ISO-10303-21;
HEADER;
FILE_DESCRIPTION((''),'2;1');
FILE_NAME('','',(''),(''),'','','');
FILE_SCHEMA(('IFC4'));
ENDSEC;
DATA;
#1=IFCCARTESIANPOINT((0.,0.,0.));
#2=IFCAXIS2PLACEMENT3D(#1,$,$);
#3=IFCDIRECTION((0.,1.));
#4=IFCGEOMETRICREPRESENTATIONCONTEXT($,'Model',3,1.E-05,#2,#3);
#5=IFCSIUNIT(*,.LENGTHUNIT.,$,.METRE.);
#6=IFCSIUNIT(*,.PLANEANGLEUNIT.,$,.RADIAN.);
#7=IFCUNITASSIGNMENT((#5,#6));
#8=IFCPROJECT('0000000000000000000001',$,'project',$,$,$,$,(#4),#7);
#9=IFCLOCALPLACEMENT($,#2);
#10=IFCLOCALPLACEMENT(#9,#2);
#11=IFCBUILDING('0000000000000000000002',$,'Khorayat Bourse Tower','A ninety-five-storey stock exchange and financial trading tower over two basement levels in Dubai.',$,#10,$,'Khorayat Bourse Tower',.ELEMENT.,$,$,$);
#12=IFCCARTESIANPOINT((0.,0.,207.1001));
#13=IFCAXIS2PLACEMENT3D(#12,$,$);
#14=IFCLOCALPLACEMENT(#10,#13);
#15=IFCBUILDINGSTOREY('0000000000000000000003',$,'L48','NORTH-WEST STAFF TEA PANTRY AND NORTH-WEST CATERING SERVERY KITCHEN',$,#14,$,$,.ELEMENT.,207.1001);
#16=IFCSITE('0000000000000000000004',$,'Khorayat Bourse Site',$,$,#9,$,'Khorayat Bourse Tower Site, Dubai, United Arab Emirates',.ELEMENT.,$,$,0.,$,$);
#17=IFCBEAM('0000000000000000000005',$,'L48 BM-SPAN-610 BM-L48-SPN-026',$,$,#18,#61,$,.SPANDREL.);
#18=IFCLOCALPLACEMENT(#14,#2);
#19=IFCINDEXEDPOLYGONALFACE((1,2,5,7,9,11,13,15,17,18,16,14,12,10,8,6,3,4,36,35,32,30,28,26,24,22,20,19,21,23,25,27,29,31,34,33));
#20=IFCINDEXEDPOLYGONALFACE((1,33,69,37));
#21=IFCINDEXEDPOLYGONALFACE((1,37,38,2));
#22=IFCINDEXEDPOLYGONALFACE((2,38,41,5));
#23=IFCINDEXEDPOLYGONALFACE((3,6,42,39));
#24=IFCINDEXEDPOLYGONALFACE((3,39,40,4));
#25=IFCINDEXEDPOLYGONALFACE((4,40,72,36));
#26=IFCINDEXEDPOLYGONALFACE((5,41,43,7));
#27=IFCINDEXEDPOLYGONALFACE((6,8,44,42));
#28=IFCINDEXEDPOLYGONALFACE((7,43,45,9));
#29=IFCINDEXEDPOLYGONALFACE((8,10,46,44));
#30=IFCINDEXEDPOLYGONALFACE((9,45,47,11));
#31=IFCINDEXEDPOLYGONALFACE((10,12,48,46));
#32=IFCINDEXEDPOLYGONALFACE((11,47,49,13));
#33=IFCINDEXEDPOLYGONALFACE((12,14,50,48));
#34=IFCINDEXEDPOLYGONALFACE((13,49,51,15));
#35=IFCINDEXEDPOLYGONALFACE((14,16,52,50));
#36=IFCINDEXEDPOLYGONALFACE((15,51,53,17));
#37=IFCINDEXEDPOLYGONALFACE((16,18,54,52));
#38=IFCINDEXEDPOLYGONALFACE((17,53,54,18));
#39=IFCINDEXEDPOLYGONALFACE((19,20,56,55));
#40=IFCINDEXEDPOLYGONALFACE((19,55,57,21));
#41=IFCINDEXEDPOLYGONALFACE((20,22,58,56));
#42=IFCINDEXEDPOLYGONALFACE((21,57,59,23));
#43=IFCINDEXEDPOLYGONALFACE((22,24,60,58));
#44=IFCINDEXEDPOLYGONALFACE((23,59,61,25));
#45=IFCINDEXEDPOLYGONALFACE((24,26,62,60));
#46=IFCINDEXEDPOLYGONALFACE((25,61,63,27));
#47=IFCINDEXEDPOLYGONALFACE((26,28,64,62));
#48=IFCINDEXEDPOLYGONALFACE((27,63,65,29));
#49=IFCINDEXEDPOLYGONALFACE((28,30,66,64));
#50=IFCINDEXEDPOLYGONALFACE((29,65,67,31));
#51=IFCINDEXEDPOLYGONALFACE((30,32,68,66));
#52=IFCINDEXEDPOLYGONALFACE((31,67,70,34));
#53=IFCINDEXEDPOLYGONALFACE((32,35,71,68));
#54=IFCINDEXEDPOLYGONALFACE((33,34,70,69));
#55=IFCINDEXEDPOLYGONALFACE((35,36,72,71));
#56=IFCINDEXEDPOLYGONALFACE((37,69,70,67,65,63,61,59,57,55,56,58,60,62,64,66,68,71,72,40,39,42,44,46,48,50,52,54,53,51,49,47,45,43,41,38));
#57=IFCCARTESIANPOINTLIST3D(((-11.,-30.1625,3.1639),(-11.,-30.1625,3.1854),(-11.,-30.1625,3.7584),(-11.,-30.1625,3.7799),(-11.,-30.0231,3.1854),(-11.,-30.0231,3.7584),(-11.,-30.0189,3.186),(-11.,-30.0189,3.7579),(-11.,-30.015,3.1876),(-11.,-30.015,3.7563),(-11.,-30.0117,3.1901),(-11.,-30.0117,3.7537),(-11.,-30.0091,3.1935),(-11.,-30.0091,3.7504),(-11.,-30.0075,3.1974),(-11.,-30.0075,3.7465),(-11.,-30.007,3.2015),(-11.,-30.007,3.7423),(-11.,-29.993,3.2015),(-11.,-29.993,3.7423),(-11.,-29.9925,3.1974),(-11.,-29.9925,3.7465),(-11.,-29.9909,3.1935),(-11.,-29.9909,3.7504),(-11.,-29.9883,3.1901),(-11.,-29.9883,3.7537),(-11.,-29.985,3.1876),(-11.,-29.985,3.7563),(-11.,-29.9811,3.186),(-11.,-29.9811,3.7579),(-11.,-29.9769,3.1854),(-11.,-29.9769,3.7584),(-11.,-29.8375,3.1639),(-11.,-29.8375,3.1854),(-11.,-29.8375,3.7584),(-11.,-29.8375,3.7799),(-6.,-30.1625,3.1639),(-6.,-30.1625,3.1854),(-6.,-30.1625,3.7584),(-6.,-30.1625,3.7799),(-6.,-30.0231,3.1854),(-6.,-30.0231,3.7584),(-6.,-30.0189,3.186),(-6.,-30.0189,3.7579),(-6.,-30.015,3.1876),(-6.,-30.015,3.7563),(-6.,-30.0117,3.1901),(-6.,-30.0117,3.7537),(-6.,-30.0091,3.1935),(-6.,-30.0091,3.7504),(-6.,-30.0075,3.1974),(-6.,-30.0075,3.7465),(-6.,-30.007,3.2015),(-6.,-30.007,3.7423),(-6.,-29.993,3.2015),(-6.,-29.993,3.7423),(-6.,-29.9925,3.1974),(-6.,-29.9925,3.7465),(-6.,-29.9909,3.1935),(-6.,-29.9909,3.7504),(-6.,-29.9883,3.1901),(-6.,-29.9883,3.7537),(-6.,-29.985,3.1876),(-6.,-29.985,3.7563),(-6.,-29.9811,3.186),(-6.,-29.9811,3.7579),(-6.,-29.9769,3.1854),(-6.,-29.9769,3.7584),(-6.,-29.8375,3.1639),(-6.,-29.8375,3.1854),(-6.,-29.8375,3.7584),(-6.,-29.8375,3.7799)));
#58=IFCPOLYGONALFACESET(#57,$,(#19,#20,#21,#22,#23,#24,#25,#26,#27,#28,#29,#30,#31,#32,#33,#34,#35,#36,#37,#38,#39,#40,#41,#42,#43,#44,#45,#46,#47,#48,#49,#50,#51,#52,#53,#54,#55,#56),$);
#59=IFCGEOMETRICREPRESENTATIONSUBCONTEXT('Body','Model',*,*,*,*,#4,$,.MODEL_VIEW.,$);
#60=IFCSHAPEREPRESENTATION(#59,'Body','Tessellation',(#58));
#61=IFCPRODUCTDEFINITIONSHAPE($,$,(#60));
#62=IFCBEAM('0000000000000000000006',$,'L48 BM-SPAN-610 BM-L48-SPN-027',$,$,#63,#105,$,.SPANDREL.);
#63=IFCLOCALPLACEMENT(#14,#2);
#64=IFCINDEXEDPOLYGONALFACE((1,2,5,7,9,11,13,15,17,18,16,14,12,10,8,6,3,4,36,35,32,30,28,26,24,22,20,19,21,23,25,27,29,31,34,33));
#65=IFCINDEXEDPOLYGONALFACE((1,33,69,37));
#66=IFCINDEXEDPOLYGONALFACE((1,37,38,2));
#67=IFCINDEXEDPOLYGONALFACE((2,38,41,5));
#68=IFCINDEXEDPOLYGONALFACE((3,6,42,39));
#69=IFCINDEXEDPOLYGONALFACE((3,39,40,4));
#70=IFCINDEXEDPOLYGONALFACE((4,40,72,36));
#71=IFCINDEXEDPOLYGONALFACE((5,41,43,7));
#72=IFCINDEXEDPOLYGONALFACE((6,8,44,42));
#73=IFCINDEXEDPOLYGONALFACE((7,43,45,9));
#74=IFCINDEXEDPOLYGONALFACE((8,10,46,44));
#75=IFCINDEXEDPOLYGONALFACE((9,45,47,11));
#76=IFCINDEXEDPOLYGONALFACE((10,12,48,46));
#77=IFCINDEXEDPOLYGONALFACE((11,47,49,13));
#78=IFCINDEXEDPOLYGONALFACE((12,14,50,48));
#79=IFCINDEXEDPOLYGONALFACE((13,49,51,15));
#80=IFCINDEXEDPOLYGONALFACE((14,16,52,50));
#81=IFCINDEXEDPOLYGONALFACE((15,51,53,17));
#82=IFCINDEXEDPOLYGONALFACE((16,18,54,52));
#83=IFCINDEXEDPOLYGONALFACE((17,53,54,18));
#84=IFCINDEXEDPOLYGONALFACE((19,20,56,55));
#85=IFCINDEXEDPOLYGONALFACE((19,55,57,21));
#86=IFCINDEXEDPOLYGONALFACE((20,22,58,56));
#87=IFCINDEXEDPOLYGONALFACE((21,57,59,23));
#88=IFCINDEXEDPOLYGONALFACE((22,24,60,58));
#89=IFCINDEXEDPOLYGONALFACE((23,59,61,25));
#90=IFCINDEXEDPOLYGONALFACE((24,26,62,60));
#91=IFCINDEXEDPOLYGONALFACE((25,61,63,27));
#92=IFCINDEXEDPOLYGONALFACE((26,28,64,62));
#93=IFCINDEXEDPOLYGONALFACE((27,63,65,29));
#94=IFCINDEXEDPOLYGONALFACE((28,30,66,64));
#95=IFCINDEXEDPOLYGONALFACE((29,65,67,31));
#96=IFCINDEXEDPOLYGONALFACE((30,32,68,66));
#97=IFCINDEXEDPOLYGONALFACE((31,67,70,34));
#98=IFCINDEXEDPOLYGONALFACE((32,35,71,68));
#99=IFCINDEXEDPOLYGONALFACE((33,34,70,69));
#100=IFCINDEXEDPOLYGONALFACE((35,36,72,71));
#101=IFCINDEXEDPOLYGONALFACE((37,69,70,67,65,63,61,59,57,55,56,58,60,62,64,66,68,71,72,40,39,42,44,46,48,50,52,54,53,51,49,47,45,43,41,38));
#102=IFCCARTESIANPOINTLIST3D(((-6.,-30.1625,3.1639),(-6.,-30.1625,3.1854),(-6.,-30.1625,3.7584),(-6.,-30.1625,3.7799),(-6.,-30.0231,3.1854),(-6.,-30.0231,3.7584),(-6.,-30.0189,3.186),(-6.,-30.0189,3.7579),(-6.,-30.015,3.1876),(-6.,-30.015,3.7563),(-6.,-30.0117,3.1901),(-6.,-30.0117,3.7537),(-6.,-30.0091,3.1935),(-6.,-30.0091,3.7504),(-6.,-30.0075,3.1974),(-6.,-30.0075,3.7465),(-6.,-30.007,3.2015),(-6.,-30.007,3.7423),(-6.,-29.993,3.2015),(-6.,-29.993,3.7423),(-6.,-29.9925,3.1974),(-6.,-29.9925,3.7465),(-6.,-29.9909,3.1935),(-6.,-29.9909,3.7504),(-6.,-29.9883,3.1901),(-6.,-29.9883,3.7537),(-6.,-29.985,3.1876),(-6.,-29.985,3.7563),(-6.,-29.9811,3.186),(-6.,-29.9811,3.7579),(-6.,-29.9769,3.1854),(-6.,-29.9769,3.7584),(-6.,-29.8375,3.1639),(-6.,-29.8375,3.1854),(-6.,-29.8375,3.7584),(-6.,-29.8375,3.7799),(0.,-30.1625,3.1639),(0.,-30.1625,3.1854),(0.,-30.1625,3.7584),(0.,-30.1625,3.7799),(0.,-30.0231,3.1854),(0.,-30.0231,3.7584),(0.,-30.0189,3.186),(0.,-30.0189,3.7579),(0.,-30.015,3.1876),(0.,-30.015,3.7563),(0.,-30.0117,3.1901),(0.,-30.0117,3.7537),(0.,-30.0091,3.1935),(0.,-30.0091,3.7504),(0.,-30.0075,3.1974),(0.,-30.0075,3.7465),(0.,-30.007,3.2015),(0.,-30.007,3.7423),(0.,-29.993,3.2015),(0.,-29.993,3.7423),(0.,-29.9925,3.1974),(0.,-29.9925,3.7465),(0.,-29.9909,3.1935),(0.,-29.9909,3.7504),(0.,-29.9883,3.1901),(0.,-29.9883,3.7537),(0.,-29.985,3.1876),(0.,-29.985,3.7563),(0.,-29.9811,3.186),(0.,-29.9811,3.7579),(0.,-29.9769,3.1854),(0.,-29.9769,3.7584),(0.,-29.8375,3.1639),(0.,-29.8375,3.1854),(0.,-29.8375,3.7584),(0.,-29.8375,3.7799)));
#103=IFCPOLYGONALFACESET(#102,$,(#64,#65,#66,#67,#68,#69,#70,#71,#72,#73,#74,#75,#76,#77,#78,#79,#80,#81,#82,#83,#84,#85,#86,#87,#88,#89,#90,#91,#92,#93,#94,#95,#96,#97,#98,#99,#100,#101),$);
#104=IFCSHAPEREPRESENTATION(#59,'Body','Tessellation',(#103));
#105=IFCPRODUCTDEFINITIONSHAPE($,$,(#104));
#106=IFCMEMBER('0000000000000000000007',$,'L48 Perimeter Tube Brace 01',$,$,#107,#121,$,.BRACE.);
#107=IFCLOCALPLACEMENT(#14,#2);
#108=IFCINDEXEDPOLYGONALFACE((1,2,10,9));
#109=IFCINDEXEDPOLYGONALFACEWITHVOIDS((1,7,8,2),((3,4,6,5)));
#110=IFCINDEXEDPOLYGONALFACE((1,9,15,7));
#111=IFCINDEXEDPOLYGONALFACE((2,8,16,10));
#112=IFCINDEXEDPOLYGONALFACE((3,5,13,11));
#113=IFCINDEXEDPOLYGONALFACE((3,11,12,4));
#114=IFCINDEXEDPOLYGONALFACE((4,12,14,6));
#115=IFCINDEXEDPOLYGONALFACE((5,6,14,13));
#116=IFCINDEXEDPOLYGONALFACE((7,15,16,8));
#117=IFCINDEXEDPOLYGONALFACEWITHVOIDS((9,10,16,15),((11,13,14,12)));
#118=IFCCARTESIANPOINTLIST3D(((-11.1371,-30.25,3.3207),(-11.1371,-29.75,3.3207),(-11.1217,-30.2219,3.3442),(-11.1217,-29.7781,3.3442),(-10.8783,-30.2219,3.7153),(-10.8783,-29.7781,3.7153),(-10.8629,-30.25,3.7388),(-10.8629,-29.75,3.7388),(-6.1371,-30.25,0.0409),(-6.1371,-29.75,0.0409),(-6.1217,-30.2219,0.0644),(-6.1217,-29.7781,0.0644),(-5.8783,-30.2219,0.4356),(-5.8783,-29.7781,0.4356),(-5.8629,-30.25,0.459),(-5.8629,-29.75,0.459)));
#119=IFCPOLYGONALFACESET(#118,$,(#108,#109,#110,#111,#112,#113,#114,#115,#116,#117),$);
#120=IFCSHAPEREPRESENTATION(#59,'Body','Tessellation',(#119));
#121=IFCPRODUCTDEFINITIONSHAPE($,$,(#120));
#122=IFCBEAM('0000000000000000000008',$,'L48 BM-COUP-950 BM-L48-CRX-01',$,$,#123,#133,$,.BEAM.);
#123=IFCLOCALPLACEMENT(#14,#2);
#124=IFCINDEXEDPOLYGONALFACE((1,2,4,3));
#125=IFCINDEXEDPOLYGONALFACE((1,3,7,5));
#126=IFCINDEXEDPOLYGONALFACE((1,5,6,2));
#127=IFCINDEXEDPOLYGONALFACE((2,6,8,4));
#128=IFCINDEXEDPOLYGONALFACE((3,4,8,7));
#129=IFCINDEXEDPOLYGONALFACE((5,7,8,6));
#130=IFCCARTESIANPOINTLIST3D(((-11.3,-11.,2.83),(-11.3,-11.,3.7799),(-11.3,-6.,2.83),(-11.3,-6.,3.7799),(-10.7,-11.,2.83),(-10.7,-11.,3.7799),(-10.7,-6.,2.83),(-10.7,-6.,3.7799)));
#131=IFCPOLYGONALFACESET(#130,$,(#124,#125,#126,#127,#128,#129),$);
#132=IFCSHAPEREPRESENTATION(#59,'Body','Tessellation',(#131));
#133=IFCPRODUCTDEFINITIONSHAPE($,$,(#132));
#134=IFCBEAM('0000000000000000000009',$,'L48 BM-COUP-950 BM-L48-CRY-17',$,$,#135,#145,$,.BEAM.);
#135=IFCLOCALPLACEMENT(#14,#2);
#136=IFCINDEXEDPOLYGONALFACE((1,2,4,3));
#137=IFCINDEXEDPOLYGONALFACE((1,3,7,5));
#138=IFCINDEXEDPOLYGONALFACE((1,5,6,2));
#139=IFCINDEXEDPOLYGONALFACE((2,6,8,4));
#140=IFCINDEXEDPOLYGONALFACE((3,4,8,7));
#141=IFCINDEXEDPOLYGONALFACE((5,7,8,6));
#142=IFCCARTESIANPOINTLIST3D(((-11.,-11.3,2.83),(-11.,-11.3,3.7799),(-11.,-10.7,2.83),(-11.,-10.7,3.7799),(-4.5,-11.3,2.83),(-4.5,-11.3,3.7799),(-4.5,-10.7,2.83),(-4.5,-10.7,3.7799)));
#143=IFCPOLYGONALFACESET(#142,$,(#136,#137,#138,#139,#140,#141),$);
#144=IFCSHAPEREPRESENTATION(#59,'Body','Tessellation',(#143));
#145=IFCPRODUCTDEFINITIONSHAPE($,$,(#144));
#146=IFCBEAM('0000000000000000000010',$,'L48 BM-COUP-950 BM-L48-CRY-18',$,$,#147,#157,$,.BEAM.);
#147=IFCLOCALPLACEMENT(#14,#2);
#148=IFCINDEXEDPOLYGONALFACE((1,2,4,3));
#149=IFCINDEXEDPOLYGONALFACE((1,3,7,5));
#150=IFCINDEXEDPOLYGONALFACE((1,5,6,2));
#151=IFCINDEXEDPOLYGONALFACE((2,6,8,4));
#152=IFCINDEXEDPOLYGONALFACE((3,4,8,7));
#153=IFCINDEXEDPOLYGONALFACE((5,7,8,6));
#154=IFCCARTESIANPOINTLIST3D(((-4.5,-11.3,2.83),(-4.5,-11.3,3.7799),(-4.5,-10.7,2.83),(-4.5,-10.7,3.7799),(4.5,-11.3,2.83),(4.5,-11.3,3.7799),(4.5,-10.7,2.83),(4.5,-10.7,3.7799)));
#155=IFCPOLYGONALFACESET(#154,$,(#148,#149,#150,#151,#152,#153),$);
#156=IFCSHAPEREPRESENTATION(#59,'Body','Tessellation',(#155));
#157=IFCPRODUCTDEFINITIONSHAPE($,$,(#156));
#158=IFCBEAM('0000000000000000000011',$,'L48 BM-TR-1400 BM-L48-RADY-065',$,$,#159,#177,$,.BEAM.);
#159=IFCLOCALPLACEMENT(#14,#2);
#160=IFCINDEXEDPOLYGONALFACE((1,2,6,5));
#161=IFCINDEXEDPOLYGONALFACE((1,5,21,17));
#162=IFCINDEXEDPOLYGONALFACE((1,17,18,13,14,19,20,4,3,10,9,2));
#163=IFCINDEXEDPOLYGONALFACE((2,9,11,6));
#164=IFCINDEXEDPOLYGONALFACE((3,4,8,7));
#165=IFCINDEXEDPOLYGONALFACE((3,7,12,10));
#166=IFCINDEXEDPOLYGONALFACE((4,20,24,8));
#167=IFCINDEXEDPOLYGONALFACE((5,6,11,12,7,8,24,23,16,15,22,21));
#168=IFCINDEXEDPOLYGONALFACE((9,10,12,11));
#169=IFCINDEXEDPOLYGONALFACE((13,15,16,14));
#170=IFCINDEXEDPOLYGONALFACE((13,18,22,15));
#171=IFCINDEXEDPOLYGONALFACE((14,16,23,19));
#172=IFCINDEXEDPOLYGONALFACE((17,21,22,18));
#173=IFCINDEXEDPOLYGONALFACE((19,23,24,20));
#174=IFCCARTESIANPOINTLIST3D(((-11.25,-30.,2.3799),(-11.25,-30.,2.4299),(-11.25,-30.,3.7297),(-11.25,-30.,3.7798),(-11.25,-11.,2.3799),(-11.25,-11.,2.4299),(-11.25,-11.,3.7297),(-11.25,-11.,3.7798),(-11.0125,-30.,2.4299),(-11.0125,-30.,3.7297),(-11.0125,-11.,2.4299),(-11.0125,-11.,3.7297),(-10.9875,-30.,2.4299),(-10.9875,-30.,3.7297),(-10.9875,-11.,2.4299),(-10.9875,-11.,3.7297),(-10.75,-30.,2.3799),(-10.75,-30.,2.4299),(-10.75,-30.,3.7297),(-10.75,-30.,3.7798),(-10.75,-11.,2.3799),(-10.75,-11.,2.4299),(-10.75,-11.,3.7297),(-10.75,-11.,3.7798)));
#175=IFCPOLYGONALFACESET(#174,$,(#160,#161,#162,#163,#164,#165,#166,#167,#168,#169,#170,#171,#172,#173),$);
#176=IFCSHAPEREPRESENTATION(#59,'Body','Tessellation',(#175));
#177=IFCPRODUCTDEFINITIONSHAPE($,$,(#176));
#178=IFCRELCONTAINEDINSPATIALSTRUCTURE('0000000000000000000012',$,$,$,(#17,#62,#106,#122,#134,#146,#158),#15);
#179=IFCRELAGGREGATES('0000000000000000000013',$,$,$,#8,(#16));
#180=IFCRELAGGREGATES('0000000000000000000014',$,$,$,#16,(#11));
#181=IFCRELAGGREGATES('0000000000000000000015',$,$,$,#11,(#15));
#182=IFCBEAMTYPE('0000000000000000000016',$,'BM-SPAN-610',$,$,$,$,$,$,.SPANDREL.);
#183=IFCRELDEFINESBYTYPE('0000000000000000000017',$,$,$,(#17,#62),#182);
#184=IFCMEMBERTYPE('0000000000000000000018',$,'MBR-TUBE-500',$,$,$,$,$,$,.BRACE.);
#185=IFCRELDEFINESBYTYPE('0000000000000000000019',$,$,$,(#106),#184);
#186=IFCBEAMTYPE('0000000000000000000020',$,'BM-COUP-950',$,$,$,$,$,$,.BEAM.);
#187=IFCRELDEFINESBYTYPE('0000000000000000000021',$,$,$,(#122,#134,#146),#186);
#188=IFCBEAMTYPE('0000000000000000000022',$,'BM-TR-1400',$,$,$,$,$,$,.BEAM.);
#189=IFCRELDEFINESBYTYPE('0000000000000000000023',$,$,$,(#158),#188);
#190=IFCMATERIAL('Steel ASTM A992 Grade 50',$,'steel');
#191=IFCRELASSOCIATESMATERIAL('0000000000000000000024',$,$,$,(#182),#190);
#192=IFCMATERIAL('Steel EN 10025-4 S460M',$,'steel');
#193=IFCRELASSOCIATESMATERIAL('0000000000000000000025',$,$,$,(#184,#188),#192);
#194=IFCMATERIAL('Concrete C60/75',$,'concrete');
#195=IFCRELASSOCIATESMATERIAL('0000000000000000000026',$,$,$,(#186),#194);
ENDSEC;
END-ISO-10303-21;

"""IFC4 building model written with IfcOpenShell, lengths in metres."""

from ifc_helpers import new_model, si_unit, direction, frame, origin, origin_2d, place, context, subcontext, project, spatial, rectangle, hollow_rectangle, i_section, extrude, source, transform, mapped, material, material_profile, profile_set, type_object, element, save


model = new_model("IFC4")

# Units and contexts
model_context = context("Model", 3, precision=1e-05, world=origin(), true_north=direction((0.0, 1.0)))
body_context = subcontext(model_context, "Body", "Model", "MODEL_VIEW")
ifc_project = project(units=[si_unit("LENGTHUNIT", "METRE"), si_unit("PLANEANGLEUNIT", "RADIAN")], contexts=[model_context])

# Site, building, storey
site_placement = place(None, origin())
site = spatial("IfcSite", under=ifc_project, at=site_placement, Name="Khorayat Bourse Site", LongName="Khorayat Bourse Tower Site, Dubai, United Arab Emirates", CompositionType="ELEMENT", RefElevation=0.0)
building_placement = place(site_placement, origin())
building = spatial("IfcBuilding", under=site, at=building_placement, Name="Khorayat Bourse Tower", Description="A ninety-five-storey stock exchange and financial trading tower over two basement levels in Dubai.", LongName="Khorayat Bourse Tower", CompositionType="ELEMENT")
storey_placement = place(building_placement, frame((0.0, 0.0, 207.1001)))
storey = spatial("IfcBuildingStorey", under=building, at=storey_placement, Name="L48", Description="NORTH-WEST STAFF TEA PANTRY AND NORTH-WEST CATERING SERVERY KITCHEN", CompositionType="ELEMENT", Elevation=207.1001)

# Shared definitions
ifc_material_1 = material(Name="Steel EN 10025-4 S460M", Category="steel")
ifc_material_2 = material(Name="Concrete C60/75", Category="concrete")

# Beams
ifc_material_3 = material(Name="Steel ASTM A992 Grade 50", Category="steel")
ifc_material_profile_1 = material_profile(ifc_material_3, i_section(OverallWidth=0.325, OverallDepth=0.616, WebThickness=0.0139, FlangeThickness=0.0215, FilletRadius=0.0161, at=origin_2d()), Name="W610X174")
ifc_profile_set_1 = profile_set([ifc_material_profile_1], Name="Steel ASTM A992 Grade 50")
beam_type_1 = type_object("IfcBeamType", Name="BM-SPAN-610", PredefinedType="SPANDREL", material=ifc_profile_set_1)
shared_shape_1 = source(origin(), body_context, "Body", "SweptSolid", [
    extrude(i_section(OverallWidth=0.325, OverallDepth=0.616, WebThickness=0.0139, FlangeThickness=0.0215, FilletRadius=0.0161, at=origin_2d()), origin(), (0.0, 0.0, 1.0), 5.0),
])
beam_1_placement = place(storey_placement, frame((-11.0, -30.0, 3.4719), z_axis=(1.0, 0.0, 0.0), x_axis=(0.0, 1.0, 0.0)))
element("IfcBeam", 1, at=beam_1_placement, inside=storey, type_object=beam_type_1, Name="L48 BM-SPAN-610 BM-L48-SPN-026", PredefinedType="SPANDREL", context=body_context, shape_type="MappedRepresentation", body=[
    mapped(shared_shape_1, transform((0.0, 0.0, 0.0), scale=1.0)),
])
shared_shape_2 = source(origin(), body_context, "Body", "SweptSolid", [
    extrude(i_section(OverallWidth=0.325, OverallDepth=0.616, WebThickness=0.0139, FlangeThickness=0.0215, FilletRadius=0.0161, at=origin_2d()), origin(), (0.0, 0.0, 1.0), 6.0),
])
beam_2_placement = place(storey_placement, frame((-6.0, -30.0, 3.4719), z_axis=(1.0, 0.0, 0.0), x_axis=(0.0, 1.0, 0.0)))
element("IfcBeam", 2, at=beam_2_placement, inside=storey, type_object=beam_type_1, Name="L48 BM-SPAN-610 BM-L48-SPN-027", PredefinedType="SPANDREL", context=body_context, shape_type="MappedRepresentation", body=[
    mapped(shared_shape_2, transform((0.0, 0.0, 0.0), scale=1.0)),
])

# Member
ifc_material_profile_2 = material_profile(ifc_material_1, hollow_rectangle(XDim=0.5, YDim=0.5, WallThickness=0.0281, at=origin_2d()), Name="HSS 500x500x28")
ifc_profile_set_2 = profile_set([ifc_material_profile_2], Name="Steel EN 10025-4 S460M")
member_type_1 = type_object("IfcMemberType", Name="MBR-TUBE-500", PredefinedType="BRACE", material=ifc_profile_set_2)
shared_shape_3 = source(origin(), body_context, "Body", "SweptSolid", [
    extrude(hollow_rectangle(XDim=0.5, YDim=0.5, WallThickness=0.0281, at=origin_2d()), origin(), (0.0, 0.0, 1.0), 5.9797),
])
member_1_placement = place(storey_placement, frame((-11.0, -30.0, 3.5298), z_axis=(0.83616, 0.0, -0.548485), x_axis=(0.0, 1.0, 0.0)))
element("IfcMember", 3, at=member_1_placement, inside=storey, type_object=member_type_1, Name="L48 Perimeter Tube Brace 01", PredefinedType="BRACE", context=body_context, shape_type="MappedRepresentation", body=[
    mapped(shared_shape_3, transform((0.0, 0.0, 0.0), scale=1.0)),
])

# Beams
ifc_material_profile_3 = material_profile(ifc_material_2, rectangle(XDim=0.6001, YDim=0.95, at=origin_2d()), Name="RC 600x950")
ifc_profile_set_3 = profile_set([ifc_material_profile_3], Name="Concrete C60/75")
beam_type_2 = type_object("IfcBeamType", Name="BM-COUP-950", PredefinedType="BEAM", material=ifc_profile_set_3)
shared_shape_4 = source(origin(), body_context, "Body", "SweptSolid", [
    extrude(rectangle(XDim=0.6001, YDim=0.95, at=origin_2d()), origin(), (0.0, 0.0, 1.0), 5.0),
])
beam_3_placement = place(storey_placement, frame((-11.0, -11.0, 3.3049), z_axis=(0.0, 1.0, 0.0), x_axis=(-1.0, 0.0, 0.0)))
element("IfcBeam", 4, at=beam_3_placement, inside=storey, type_object=beam_type_2, Name="L48 BM-COUP-950 BM-L48-CRX-01", PredefinedType="BEAM", context=body_context, shape_type="MappedRepresentation", body=[
    mapped(shared_shape_4, transform((0.0, 0.0, 0.0), scale=1.0)),
])
shared_shape_5 = source(origin(), body_context, "Body", "SweptSolid", [
    extrude(rectangle(XDim=0.6001, YDim=0.95, at=origin_2d()), origin(), (0.0, 0.0, 1.0), 6.5),
])
beam_4_placement = place(storey_placement, frame((-11.0, -11.0, 3.3049), z_axis=(1.0, 0.0, 0.0), x_axis=(0.0, 1.0, 0.0)))
element("IfcBeam", 5, at=beam_4_placement, inside=storey, type_object=beam_type_2, Name="L48 BM-COUP-950 BM-L48-CRY-17", PredefinedType="BEAM", context=body_context, shape_type="MappedRepresentation", body=[
    mapped(shared_shape_5, transform((0.0, 0.0, 0.0), scale=1.0)),
])
shared_shape_6 = source(origin(), body_context, "Body", "SweptSolid", [
    extrude(rectangle(XDim=0.6001, YDim=0.95, at=origin_2d()), origin(), (0.0, 0.0, 1.0), 9.0),
])
beam_5_placement = place(storey_placement, frame((-4.5, -11.0, 3.3049), z_axis=(1.0, 0.0, 0.0), x_axis=(0.0, 1.0, 0.0)))
element("IfcBeam", 6, at=beam_5_placement, inside=storey, type_object=beam_type_2, Name="L48 BM-COUP-950 BM-L48-CRY-18", PredefinedType="BEAM", context=body_context, shape_type="MappedRepresentation", body=[
    mapped(shared_shape_6, transform((0.0, 0.0, 0.0), scale=1.0)),
])
ifc_material_profile_4 = material_profile(ifc_material_1, i_section(OverallWidth=0.5, OverallDepth=1.3999, WebThickness=0.0249, FlangeThickness=0.05, at=origin_2d()), Name="PG 1400x500x25x50")
ifc_profile_set_4 = profile_set([ifc_material_profile_4], Name="Steel EN 10025-4 S460M")
beam_type_3 = type_object("IfcBeamType", Name="BM-TR-1400", PredefinedType="BEAM", material=ifc_profile_set_4)
shared_shape_7 = source(origin(), body_context, "Body", "SweptSolid", [
    extrude(i_section(OverallWidth=0.5, OverallDepth=1.3999, WebThickness=0.0249, FlangeThickness=0.05, at=origin_2d()), origin(), (0.0, 0.0, 1.0), 19.0),
])
for number, where, z_axis, x_axis, name in (
    (7, (-11.0, -30.0, 3.0798), (0.0, 1.0, 0.0), (-1.0, 0.0, 0.0), "L48 BM-TR-1400 BM-L48-RADY-065"),
):
    element("IfcBeam", number, at=place(storey_placement, frame(where, z_axis=z_axis, x_axis=x_axis)), inside=storey, type_object=beam_type_3, Name=name, PredefinedType="BEAM", context=body_context, shape_type="MappedRepresentation", body=[
        mapped(shared_shape_7, transform((0.0, 0.0, 0.0), scale=1.0)),
    ])

save(model, "model.ifc")
